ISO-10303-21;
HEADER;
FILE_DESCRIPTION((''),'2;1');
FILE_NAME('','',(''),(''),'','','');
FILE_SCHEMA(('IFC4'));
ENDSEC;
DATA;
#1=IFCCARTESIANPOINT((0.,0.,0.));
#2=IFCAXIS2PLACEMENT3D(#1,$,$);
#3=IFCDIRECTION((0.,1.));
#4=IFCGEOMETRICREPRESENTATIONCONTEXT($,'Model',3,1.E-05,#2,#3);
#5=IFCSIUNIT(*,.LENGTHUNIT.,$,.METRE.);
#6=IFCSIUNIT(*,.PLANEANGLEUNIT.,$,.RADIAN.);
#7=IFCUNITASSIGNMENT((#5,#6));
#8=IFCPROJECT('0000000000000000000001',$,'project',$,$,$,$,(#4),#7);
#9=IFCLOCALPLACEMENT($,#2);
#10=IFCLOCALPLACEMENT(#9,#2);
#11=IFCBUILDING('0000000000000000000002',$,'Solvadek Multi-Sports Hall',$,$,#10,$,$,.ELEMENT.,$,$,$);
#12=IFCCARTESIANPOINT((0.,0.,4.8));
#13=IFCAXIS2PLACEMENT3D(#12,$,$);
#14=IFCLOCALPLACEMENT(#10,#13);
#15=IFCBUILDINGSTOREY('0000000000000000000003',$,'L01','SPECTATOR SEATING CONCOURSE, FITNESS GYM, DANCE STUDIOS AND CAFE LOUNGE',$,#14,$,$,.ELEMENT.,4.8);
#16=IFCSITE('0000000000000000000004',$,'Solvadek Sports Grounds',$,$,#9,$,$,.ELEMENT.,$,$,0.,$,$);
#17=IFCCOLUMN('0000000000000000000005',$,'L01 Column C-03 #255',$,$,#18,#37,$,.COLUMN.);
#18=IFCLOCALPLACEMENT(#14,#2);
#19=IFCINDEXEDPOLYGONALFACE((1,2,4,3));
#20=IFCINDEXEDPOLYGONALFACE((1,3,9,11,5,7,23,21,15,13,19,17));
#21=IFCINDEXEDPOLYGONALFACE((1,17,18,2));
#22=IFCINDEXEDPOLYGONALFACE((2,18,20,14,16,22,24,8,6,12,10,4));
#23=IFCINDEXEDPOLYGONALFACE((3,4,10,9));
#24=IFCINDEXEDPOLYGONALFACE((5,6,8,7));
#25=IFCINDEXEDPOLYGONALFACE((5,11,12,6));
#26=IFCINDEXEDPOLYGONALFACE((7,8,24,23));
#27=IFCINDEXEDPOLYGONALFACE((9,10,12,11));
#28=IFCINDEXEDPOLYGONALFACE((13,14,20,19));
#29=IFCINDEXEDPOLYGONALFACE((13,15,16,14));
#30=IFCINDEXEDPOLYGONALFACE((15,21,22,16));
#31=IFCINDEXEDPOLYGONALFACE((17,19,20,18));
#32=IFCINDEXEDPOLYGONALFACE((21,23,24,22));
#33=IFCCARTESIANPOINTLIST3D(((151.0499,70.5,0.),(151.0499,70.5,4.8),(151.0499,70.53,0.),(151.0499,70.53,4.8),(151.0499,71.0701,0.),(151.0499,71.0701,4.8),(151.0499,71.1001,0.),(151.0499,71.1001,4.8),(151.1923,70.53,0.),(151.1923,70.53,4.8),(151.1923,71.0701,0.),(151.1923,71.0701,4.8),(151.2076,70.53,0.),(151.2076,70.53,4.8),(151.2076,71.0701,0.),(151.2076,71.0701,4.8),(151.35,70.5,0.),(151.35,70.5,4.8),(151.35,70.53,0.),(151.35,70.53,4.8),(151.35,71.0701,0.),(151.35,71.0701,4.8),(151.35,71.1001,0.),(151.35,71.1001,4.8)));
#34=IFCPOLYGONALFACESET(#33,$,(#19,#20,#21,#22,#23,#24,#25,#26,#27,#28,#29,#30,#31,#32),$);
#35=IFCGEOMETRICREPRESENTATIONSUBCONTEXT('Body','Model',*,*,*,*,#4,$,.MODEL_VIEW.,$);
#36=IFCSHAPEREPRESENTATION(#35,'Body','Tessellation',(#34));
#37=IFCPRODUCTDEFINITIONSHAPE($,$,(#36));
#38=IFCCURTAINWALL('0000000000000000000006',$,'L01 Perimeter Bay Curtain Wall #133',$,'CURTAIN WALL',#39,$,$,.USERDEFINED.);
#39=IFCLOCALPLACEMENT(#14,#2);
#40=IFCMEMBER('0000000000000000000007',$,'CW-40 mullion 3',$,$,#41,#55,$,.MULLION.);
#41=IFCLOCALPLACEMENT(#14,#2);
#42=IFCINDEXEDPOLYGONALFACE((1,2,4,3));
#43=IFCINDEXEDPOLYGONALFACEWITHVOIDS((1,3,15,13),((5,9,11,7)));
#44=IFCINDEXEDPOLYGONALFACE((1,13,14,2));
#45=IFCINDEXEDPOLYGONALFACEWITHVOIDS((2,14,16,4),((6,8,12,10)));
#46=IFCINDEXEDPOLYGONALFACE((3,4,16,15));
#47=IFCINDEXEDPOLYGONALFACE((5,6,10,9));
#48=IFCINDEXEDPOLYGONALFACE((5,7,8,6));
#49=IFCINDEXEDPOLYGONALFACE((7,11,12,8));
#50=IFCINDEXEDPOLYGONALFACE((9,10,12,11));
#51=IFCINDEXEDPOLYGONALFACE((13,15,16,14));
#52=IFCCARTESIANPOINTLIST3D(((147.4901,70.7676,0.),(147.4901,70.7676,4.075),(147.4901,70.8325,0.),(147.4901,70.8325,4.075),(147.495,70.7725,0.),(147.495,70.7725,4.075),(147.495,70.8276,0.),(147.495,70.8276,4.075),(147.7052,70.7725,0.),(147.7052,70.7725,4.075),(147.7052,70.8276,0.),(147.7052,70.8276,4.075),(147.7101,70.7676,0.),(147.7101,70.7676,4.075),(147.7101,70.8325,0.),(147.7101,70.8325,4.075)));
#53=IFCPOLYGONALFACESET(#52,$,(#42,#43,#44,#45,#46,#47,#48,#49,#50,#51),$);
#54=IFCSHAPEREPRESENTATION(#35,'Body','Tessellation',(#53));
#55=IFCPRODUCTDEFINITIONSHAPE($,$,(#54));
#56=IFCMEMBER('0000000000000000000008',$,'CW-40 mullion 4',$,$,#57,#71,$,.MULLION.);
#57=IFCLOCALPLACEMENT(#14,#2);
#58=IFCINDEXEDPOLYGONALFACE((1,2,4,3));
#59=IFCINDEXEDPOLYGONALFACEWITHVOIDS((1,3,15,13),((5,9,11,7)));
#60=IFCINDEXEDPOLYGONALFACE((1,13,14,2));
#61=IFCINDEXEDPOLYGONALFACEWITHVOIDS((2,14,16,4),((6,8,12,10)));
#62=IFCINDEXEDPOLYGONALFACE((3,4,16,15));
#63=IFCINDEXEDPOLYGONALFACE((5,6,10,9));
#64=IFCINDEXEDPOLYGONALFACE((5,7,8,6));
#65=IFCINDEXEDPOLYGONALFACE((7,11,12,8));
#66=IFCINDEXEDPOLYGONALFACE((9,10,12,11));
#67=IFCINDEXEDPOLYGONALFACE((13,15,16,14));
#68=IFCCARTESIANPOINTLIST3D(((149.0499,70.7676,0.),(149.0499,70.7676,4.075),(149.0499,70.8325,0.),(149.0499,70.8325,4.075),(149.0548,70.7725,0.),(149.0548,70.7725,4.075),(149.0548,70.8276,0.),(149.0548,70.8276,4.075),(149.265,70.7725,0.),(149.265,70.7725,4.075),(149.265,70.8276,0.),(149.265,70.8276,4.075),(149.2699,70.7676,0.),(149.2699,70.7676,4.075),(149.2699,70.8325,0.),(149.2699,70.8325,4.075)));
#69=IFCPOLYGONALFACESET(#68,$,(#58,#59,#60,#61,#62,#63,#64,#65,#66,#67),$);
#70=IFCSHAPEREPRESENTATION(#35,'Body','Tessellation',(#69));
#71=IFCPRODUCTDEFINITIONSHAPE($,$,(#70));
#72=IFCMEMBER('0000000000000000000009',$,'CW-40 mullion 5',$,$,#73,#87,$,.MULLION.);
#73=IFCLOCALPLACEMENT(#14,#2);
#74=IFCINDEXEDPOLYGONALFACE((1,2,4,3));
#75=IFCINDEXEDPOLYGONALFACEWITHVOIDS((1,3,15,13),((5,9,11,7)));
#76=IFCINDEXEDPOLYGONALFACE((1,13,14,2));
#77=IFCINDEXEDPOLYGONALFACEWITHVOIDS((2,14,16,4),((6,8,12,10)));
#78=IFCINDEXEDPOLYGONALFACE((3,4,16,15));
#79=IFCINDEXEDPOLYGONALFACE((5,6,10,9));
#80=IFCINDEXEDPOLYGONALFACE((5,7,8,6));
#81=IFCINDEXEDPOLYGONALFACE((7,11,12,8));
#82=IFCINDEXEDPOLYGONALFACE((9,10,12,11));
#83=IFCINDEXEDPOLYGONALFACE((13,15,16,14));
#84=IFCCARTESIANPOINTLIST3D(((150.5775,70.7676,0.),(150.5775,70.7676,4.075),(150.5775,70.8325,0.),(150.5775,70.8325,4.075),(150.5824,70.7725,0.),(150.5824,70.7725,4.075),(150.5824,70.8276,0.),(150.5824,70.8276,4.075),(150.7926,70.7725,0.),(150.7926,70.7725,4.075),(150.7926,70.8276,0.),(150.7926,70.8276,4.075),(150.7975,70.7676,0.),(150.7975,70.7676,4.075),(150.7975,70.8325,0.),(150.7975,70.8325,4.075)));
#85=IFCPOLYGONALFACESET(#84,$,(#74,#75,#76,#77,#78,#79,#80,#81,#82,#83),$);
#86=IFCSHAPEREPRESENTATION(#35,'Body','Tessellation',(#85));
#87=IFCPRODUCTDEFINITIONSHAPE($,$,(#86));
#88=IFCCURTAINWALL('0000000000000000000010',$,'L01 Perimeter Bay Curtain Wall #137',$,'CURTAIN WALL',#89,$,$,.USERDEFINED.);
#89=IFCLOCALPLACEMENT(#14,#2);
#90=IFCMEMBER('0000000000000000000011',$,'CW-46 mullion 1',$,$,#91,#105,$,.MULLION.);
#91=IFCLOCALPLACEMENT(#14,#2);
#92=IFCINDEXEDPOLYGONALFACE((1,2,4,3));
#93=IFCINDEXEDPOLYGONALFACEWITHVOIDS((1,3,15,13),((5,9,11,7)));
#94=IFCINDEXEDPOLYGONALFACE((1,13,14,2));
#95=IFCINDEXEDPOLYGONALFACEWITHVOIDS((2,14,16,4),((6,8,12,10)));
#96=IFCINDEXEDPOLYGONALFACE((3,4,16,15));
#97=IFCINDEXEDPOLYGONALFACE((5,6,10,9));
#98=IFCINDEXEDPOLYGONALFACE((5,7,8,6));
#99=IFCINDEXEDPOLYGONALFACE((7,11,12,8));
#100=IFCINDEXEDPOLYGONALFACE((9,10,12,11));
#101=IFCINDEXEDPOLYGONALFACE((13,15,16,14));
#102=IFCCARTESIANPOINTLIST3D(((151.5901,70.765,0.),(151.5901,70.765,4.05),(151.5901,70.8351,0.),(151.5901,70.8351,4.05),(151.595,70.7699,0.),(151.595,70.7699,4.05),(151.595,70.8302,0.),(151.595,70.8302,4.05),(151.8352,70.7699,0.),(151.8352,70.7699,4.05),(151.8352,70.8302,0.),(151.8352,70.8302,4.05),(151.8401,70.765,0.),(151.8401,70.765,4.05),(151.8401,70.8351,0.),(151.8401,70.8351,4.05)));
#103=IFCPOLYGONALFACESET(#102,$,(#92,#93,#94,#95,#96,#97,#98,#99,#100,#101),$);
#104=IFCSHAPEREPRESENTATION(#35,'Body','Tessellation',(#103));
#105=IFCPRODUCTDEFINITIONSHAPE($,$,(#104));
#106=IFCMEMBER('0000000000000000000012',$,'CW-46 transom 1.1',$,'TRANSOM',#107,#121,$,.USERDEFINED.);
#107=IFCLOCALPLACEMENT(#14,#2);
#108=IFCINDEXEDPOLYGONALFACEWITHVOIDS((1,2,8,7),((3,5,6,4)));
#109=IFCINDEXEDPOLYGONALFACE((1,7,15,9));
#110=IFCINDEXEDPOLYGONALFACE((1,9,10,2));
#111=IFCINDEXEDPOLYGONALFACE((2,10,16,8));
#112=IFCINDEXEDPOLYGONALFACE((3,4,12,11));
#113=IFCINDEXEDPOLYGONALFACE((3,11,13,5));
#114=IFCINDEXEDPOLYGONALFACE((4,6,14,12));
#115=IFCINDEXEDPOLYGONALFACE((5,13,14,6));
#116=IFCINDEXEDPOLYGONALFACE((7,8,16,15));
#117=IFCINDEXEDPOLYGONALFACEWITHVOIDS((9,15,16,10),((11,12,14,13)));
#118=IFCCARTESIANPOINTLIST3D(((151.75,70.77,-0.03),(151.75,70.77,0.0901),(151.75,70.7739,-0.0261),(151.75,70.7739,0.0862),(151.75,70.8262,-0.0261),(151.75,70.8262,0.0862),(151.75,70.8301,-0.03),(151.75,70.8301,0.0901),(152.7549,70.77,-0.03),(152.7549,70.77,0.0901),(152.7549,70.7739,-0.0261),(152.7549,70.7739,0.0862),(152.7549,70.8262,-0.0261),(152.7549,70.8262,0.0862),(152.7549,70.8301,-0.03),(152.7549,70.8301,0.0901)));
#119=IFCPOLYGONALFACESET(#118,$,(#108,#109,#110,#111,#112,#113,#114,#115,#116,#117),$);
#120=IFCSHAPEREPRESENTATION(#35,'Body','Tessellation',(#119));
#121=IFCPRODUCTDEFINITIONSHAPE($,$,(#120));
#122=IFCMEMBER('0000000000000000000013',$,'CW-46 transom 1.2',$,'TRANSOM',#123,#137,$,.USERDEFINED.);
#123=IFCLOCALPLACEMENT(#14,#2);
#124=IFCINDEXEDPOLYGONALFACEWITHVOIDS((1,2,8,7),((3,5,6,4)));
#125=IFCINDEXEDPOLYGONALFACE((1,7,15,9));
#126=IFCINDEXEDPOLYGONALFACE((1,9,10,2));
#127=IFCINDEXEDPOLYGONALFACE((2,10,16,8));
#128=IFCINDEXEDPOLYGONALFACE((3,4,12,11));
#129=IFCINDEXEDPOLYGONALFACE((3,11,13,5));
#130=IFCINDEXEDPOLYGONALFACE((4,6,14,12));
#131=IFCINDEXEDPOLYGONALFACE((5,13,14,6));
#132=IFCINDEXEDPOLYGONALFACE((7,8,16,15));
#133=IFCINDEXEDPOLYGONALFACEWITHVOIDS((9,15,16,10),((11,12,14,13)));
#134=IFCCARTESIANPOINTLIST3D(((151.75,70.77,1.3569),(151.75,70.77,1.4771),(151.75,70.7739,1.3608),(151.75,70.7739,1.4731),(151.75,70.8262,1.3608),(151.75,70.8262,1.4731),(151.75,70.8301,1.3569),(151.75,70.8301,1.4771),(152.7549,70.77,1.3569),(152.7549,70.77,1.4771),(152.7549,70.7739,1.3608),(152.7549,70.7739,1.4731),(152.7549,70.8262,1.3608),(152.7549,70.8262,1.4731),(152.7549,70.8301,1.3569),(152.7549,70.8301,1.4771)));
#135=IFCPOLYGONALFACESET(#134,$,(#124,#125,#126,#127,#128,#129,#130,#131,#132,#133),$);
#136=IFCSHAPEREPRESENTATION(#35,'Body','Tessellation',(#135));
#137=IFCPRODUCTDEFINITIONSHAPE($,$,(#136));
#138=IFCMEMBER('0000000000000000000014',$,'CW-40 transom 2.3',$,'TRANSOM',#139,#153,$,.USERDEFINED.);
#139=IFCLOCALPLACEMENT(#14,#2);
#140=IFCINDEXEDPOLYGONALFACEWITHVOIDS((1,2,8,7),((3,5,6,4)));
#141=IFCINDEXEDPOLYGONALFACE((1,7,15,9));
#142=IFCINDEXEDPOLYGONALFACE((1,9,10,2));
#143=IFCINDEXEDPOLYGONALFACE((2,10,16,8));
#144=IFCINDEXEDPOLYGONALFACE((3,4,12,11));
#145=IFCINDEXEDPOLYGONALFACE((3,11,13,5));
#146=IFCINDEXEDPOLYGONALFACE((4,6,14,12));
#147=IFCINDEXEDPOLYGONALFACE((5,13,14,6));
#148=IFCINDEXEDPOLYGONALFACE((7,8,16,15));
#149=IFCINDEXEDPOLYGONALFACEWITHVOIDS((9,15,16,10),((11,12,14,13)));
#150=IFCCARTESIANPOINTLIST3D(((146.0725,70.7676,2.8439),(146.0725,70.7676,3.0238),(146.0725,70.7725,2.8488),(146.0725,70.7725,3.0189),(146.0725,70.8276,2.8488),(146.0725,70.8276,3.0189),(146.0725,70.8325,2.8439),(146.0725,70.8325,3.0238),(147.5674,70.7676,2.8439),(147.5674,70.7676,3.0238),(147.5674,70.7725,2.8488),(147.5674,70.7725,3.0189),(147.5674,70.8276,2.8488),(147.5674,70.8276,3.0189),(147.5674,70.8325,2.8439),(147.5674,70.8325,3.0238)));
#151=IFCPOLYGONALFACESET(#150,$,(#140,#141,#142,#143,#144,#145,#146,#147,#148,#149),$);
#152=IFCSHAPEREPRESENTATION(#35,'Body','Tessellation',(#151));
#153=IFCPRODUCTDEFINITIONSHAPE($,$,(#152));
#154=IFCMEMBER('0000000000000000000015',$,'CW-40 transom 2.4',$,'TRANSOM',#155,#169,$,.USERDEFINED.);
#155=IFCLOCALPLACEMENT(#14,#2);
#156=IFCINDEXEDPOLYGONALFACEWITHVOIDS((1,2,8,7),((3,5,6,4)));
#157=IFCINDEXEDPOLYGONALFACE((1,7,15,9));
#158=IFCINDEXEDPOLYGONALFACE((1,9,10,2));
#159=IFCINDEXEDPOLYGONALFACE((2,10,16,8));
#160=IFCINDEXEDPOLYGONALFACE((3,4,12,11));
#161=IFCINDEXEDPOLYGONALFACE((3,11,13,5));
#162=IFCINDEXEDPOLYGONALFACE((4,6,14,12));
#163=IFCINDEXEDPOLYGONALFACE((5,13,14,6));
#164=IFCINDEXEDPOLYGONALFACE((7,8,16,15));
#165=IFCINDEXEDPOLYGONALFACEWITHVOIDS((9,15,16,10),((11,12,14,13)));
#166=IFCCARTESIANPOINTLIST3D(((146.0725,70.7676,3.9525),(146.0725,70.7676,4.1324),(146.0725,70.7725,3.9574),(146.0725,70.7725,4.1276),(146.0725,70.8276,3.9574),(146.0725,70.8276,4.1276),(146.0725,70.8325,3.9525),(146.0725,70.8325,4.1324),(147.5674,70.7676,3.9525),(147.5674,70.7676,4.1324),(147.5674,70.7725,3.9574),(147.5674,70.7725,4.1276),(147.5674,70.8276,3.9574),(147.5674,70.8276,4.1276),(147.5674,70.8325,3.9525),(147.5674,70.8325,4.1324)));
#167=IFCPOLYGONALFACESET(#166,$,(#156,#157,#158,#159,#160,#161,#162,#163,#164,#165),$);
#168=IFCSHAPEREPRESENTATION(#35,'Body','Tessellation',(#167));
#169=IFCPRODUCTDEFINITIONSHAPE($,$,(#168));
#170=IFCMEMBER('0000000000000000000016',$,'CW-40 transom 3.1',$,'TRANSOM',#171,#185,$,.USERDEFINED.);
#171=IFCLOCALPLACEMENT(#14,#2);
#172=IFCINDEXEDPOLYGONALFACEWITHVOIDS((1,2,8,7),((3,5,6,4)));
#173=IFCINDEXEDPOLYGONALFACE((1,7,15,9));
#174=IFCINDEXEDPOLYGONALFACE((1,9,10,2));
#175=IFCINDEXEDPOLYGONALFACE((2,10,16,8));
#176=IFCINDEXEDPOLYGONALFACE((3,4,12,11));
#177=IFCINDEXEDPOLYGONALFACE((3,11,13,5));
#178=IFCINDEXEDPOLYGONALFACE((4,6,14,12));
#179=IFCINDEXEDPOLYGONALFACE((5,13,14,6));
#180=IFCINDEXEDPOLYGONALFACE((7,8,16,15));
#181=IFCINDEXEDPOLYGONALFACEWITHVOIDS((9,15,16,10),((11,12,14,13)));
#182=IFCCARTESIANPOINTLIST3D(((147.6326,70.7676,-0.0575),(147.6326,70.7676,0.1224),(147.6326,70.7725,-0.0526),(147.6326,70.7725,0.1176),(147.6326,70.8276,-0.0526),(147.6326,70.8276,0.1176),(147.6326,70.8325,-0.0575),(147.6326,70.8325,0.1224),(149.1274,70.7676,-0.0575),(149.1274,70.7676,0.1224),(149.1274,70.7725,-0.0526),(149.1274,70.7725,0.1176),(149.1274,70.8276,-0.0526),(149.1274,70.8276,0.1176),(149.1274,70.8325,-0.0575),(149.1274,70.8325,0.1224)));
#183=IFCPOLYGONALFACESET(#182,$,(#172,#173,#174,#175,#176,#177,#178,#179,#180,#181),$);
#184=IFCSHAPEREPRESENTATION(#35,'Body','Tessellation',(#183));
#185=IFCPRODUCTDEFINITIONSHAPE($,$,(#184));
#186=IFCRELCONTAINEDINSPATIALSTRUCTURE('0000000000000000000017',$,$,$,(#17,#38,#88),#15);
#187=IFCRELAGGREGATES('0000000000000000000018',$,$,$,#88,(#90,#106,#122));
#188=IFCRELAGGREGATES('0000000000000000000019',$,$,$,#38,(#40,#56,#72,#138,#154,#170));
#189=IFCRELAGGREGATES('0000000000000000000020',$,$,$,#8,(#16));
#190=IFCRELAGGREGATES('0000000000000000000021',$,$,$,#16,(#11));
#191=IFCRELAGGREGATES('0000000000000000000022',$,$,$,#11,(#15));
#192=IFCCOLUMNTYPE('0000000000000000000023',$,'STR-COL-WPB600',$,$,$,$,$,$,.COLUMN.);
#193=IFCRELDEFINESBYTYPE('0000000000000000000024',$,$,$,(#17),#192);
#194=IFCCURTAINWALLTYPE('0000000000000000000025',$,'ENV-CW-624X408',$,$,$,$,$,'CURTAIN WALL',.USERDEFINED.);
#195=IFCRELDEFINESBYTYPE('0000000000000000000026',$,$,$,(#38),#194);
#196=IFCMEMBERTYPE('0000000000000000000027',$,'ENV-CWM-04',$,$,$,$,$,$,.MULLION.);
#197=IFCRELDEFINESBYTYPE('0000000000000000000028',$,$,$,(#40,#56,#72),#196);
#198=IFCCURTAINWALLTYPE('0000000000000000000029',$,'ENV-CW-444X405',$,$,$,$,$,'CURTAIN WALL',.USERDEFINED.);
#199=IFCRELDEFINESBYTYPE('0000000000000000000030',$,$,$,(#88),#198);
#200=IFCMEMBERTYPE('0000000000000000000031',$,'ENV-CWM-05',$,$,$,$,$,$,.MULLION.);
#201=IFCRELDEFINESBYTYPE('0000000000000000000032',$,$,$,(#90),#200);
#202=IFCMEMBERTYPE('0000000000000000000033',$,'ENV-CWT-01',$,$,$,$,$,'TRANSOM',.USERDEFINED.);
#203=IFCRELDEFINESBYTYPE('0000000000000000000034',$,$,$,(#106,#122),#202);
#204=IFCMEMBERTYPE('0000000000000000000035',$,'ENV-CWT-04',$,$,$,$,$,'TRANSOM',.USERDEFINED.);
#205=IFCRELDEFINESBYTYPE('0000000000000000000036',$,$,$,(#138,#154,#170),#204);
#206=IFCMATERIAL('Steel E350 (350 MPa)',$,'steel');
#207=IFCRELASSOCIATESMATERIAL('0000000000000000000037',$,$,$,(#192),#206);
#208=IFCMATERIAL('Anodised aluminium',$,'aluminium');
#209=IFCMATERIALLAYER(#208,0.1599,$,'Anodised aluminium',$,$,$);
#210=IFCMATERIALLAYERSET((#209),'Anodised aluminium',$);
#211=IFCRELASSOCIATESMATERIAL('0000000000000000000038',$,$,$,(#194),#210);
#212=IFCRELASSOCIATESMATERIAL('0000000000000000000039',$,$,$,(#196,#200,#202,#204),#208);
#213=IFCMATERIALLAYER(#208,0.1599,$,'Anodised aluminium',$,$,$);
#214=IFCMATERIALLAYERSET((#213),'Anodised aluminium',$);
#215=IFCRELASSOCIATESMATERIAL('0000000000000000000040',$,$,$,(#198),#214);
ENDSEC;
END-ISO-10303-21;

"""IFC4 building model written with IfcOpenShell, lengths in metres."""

from ifc_helpers import new_model, si_unit, direction, frame, origin, origin_2d, place, context, subcontext, project, spatial, hollow_rectangle, i_section, extrude, material, layer, layer_set, material_profile, profile_set, type_object, element, aggregate, save


model = new_model("IFC4")

# Units and contexts
model_context = context("Model", 3, precision=1e-05, world=origin(), true_north=direction((0.0, 1.0)))
body_context = subcontext(model_context, "Body", "Model", "MODEL_VIEW")
ifc_project = project(units=[si_unit("LENGTHUNIT", "METRE"), si_unit("PLANEANGLEUNIT", "RADIAN")], contexts=[model_context])

# Site, building, storey
site_placement = place(None, origin())
site = spatial("IfcSite", under=ifc_project, at=site_placement, Name="Solvadek Sports Grounds", CompositionType="ELEMENT", RefElevation=0.0)
building_placement = place(site_placement, origin())
building = spatial("IfcBuilding", under=site, at=building_placement, Name="Solvadek Multi-Sports Hall", CompositionType="ELEMENT")
storey_placement = place(building_placement, frame((0.0, 0.0, 4.8)))
storey = spatial("IfcBuildingStorey", under=building, at=storey_placement, Name="L01", Description="SPECTATOR SEATING CONCOURSE, FITNESS GYM, DANCE STUDIOS AND CAFE LOUNGE", CompositionType="ELEMENT", Elevation=4.8)

# Column
ifc_material_1 = material(Name="Steel E350 (350 MPa)", Category="steel")
ifc_material_profile_1 = material_profile(ifc_material_1, i_section(OverallWidth=0.3, OverallDepth=0.6001, WebThickness=0.0154, FlangeThickness=0.03, at=origin_2d()), Name="WPB 600")
ifc_profile_set_1 = profile_set([ifc_material_profile_1], Name="Steel E350 (350 MPa)")
column_type = type_object("IfcColumnType", Name="STR-COL-WPB600", PredefinedType="COLUMN", material=ifc_profile_set_1)
column_placement = place(storey_placement, frame((151.2, 70.8, 0.0), z_axis=(0.0, 0.0, 1.0), x_axis=(1.0, 0.0, 0.0)))
element("IfcColumn", 1, at=column_placement, inside=storey, type_object=column_type, Name="L01 Column C-03 #255", PredefinedType="COLUMN", context=body_context, shape_type="SweptSolid", body=[
    extrude(i_section(OverallWidth=0.3, OverallDepth=0.6001, WebThickness=0.0154, FlangeThickness=0.03, at=origin_2d()), origin(), (0.0, 0.0, 1.0), 4.8),
])

# Curtain walls, members
ifc_material_2 = material(Name="Anodised aluminium", Category="aluminium")
ifc_layer_1 = layer(ifc_material_2, 0.1599, Name="Anodised aluminium")
ifc_layer_set_1 = layer_set([ifc_layer_1], Name="Anodised aluminium")
curtain_wall_type_1 = type_object("IfcCurtainWallType", Name="ENV-CW-624X408", ElementType="CURTAIN WALL", PredefinedType="USERDEFINED", material=ifc_layer_set_1)
curtain_wall_1_placement = place(storey_placement, origin())
curtain_wall_1 = element("IfcCurtainWall", 2, at=curtain_wall_1_placement, inside=storey, type_object=curtain_wall_type_1, Name="L01 Perimeter Bay Curtain Wall #133", ObjectType="CURTAIN WALL", PredefinedType="USERDEFINED")
ifc_material_profile_2 = material_profile(ifc_material_2, hollow_rectangle(XDim=0.0649, YDim=0.22, WallThickness=0.0049, at=origin_2d()), Name="ALU-M 220x65x5")
ifc_profile_set_2 = profile_set([ifc_material_profile_2], Name="Anodised aluminium")
member_type_1 = type_object("IfcMemberType", Name="ENV-CWM-04", PredefinedType="MULLION", material=ifc_profile_set_2)
member_1_placement = place(storey_placement, frame((147.6001, 70.8, 0.0), z_axis=(0.0, 0.0, 1.0), x_axis=(0.0, 1.0, 0.0)))
member_1 = element("IfcMember", 3, at=member_1_placement, type_object=member_type_1, Name="CW-40 mullion 3", PredefinedType="MULLION", context=body_context, shape_type="SweptSolid", body=[
    extrude(hollow_rectangle(XDim=0.0649, YDim=0.22, WallThickness=0.0049, at=origin_2d()), origin(), (0.0, 0.0, 1.0), 4.075),
])
member_2_placement = place(storey_placement, frame((149.1599, 70.8, 0.0), z_axis=(0.0, 0.0, 1.0), x_axis=(0.0, 1.0, 0.0)))
member_2 = element("IfcMember", 4, at=member_2_placement, type_object=member_type_1, Name="CW-40 mullion 4", PredefinedType="MULLION", context=body_context, shape_type="SweptSolid", body=[
    extrude(hollow_rectangle(XDim=0.0649, YDim=0.22, WallThickness=0.0049, at=origin_2d()), origin(), (0.0, 0.0, 1.0), 4.075),
])
member_3_placement = place(storey_placement, frame((150.6875, 70.8, 0.0), z_axis=(0.0, 0.0, 1.0), x_axis=(0.0, 1.0, 0.0)))
member_3 = element("IfcMember", 5, at=member_3_placement, type_object=member_type_1, Name="CW-40 mullion 5", PredefinedType="MULLION", context=body_context, shape_type="SweptSolid", body=[
    extrude(hollow_rectangle(XDim=0.0649, YDim=0.22, WallThickness=0.0049, at=origin_2d()), origin(), (0.0, 0.0, 1.0), 4.075),
])
ifc_layer_2 = layer(ifc_material_2, 0.1599, Name="Anodised aluminium")
ifc_layer_set_2 = layer_set([ifc_layer_2], Name="Anodised aluminium")
curtain_wall_type_2 = type_object("IfcCurtainWallType", Name="ENV-CW-444X405", ElementType="CURTAIN WALL", PredefinedType="USERDEFINED", material=ifc_layer_set_2)
curtain_wall_2_placement = place(storey_placement, origin())
curtain_wall_2 = element("IfcCurtainWall", 6, at=curtain_wall_2_placement, inside=storey, type_object=curtain_wall_type_2, Name="L01 Perimeter Bay Curtain Wall #137", ObjectType="CURTAIN WALL", PredefinedType="USERDEFINED")
ifc_material_profile_3 = material_profile(ifc_material_2, hollow_rectangle(XDim=0.0701, YDim=0.25, WallThickness=0.0049, at=origin_2d()), Name="ALU-M 250x70x5")
ifc_profile_set_3 = profile_set([ifc_material_profile_3], Name="Anodised aluminium")
member_type_2 = type_object("IfcMemberType", Name="ENV-CWM-05", PredefinedType="MULLION", material=ifc_profile_set_3)
member_4_placement = place(storey_placement, frame((151.7151, 70.8, 0.0), z_axis=(0.0, 0.0, 1.0), x_axis=(0.0, 1.0, 0.0)))
member_4 = element("IfcMember", 7, at=member_4_placement, type_object=member_type_2, Name="CW-46 mullion 1", PredefinedType="MULLION", context=body_context, shape_type="SweptSolid", body=[
    extrude(hollow_rectangle(XDim=0.0701, YDim=0.25, WallThickness=0.0049, at=origin_2d()), origin(), (0.0, 0.0, 1.0), 4.05),
])
ifc_material_profile_4 = material_profile(ifc_material_2, hollow_rectangle(XDim=0.0601, YDim=0.1201, WallThickness=0.0039, at=origin_2d()), Name="ALU-T 120x60x4")
ifc_profile_set_4 = profile_set([ifc_material_profile_4], Name="Anodised aluminium")
member_type_3 = type_object("IfcMemberType", Name="ENV-CWT-01", ElementType="TRANSOM", PredefinedType="USERDEFINED", material=ifc_profile_set_4)
member_5_placement = place(storey_placement, frame((151.75, 70.8, 0.03), z_axis=(1.0, 0.0, 0.0), x_axis=(0.0, 1.0, 0.0)))
member_5 = element("IfcMember", 8, at=member_5_placement, type_object=member_type_3, Name="CW-46 transom 1.1", ObjectType="TRANSOM", PredefinedType="USERDEFINED", context=body_context, shape_type="SweptSolid", body=[
    extrude(hollow_rectangle(XDim=0.0601, YDim=0.1201, WallThickness=0.0039, at=origin_2d()), origin(), (0.0, 0.0, 1.0), 1.0049),
])
member_6_placement = place(storey_placement, frame((151.75, 70.8, 1.417), z_axis=(1.0, 0.0, 0.0), x_axis=(0.0, 1.0, 0.0)))
member_6 = element("IfcMember", 9, at=member_6_placement, type_object=member_type_3, Name="CW-46 transom 1.2", ObjectType="TRANSOM", PredefinedType="USERDEFINED", context=body_context, shape_type="SweptSolid", body=[
    extrude(hollow_rectangle(XDim=0.0601, YDim=0.1201, WallThickness=0.0039, at=origin_2d()), origin(), (0.0, 0.0, 1.0), 1.0049),
])
aggregate(curtain_wall_2, [member_4, member_5, member_6])

# Members
ifc_material_profile_5 = material_profile(ifc_material_2, hollow_rectangle(XDim=0.0649, YDim=0.1799, WallThickness=0.0049, at=origin_2d()), Name="ALU-T 180x65x5")
ifc_profile_set_5 = profile_set([ifc_material_profile_5], Name="Anodised aluminium")
member_type_4 = type_object("IfcMemberType", Name="ENV-CWT-04", ElementType="TRANSOM", PredefinedType="USERDEFINED", material=ifc_profile_set_5)
member_7_placement = place(storey_placement, frame((146.0725, 70.8, 2.9338), z_axis=(1.0, 0.0, 0.0), x_axis=(0.0, 1.0, 0.0)))
member_7 = element("IfcMember", 10, at=member_7_placement, type_object=member_type_4, Name="CW-40 transom 2.3", ObjectType="TRANSOM", PredefinedType="USERDEFINED", context=body_context, shape_type="SweptSolid", body=[
    extrude(hollow_rectangle(XDim=0.0649, YDim=0.1799, WallThickness=0.0049, at=origin_2d()), origin(), (0.0, 0.0, 1.0), 1.4949),
])
member_8_placement = place(storey_placement, frame((146.0725, 70.8, 4.0425), z_axis=(1.0, 0.0, 0.0), x_axis=(0.0, 1.0, 0.0)))
member_8 = element("IfcMember", 11, at=member_8_placement, type_object=member_type_4, Name="CW-40 transom 2.4", ObjectType="TRANSOM", PredefinedType="USERDEFINED", context=body_context, shape_type="SweptSolid", body=[
    extrude(hollow_rectangle(XDim=0.0649, YDim=0.1799, WallThickness=0.0049, at=origin_2d()), origin(), (0.0, 0.0, 1.0), 1.4949),
])
member_9_placement = place(storey_placement, frame((147.6326, 70.8, 0.0325), z_axis=(1.0, 0.0, 0.0), x_axis=(0.0, 1.0, 0.0)))
member_9 = element("IfcMember", 12, at=member_9_placement, type_object=member_type_4, Name="CW-40 transom 3.1", ObjectType="TRANSOM", PredefinedType="USERDEFINED", context=body_context, shape_type="SweptSolid", body=[
    extrude(hollow_rectangle(XDim=0.0649, YDim=0.1799, WallThickness=0.0049, at=origin_2d()), origin(), (0.0, 0.0, 1.0), 1.4949),
])

aggregate(curtain_wall_1, [member_1, member_2, member_3, member_7, member_8, member_9])

save(model, "model.ifc")
